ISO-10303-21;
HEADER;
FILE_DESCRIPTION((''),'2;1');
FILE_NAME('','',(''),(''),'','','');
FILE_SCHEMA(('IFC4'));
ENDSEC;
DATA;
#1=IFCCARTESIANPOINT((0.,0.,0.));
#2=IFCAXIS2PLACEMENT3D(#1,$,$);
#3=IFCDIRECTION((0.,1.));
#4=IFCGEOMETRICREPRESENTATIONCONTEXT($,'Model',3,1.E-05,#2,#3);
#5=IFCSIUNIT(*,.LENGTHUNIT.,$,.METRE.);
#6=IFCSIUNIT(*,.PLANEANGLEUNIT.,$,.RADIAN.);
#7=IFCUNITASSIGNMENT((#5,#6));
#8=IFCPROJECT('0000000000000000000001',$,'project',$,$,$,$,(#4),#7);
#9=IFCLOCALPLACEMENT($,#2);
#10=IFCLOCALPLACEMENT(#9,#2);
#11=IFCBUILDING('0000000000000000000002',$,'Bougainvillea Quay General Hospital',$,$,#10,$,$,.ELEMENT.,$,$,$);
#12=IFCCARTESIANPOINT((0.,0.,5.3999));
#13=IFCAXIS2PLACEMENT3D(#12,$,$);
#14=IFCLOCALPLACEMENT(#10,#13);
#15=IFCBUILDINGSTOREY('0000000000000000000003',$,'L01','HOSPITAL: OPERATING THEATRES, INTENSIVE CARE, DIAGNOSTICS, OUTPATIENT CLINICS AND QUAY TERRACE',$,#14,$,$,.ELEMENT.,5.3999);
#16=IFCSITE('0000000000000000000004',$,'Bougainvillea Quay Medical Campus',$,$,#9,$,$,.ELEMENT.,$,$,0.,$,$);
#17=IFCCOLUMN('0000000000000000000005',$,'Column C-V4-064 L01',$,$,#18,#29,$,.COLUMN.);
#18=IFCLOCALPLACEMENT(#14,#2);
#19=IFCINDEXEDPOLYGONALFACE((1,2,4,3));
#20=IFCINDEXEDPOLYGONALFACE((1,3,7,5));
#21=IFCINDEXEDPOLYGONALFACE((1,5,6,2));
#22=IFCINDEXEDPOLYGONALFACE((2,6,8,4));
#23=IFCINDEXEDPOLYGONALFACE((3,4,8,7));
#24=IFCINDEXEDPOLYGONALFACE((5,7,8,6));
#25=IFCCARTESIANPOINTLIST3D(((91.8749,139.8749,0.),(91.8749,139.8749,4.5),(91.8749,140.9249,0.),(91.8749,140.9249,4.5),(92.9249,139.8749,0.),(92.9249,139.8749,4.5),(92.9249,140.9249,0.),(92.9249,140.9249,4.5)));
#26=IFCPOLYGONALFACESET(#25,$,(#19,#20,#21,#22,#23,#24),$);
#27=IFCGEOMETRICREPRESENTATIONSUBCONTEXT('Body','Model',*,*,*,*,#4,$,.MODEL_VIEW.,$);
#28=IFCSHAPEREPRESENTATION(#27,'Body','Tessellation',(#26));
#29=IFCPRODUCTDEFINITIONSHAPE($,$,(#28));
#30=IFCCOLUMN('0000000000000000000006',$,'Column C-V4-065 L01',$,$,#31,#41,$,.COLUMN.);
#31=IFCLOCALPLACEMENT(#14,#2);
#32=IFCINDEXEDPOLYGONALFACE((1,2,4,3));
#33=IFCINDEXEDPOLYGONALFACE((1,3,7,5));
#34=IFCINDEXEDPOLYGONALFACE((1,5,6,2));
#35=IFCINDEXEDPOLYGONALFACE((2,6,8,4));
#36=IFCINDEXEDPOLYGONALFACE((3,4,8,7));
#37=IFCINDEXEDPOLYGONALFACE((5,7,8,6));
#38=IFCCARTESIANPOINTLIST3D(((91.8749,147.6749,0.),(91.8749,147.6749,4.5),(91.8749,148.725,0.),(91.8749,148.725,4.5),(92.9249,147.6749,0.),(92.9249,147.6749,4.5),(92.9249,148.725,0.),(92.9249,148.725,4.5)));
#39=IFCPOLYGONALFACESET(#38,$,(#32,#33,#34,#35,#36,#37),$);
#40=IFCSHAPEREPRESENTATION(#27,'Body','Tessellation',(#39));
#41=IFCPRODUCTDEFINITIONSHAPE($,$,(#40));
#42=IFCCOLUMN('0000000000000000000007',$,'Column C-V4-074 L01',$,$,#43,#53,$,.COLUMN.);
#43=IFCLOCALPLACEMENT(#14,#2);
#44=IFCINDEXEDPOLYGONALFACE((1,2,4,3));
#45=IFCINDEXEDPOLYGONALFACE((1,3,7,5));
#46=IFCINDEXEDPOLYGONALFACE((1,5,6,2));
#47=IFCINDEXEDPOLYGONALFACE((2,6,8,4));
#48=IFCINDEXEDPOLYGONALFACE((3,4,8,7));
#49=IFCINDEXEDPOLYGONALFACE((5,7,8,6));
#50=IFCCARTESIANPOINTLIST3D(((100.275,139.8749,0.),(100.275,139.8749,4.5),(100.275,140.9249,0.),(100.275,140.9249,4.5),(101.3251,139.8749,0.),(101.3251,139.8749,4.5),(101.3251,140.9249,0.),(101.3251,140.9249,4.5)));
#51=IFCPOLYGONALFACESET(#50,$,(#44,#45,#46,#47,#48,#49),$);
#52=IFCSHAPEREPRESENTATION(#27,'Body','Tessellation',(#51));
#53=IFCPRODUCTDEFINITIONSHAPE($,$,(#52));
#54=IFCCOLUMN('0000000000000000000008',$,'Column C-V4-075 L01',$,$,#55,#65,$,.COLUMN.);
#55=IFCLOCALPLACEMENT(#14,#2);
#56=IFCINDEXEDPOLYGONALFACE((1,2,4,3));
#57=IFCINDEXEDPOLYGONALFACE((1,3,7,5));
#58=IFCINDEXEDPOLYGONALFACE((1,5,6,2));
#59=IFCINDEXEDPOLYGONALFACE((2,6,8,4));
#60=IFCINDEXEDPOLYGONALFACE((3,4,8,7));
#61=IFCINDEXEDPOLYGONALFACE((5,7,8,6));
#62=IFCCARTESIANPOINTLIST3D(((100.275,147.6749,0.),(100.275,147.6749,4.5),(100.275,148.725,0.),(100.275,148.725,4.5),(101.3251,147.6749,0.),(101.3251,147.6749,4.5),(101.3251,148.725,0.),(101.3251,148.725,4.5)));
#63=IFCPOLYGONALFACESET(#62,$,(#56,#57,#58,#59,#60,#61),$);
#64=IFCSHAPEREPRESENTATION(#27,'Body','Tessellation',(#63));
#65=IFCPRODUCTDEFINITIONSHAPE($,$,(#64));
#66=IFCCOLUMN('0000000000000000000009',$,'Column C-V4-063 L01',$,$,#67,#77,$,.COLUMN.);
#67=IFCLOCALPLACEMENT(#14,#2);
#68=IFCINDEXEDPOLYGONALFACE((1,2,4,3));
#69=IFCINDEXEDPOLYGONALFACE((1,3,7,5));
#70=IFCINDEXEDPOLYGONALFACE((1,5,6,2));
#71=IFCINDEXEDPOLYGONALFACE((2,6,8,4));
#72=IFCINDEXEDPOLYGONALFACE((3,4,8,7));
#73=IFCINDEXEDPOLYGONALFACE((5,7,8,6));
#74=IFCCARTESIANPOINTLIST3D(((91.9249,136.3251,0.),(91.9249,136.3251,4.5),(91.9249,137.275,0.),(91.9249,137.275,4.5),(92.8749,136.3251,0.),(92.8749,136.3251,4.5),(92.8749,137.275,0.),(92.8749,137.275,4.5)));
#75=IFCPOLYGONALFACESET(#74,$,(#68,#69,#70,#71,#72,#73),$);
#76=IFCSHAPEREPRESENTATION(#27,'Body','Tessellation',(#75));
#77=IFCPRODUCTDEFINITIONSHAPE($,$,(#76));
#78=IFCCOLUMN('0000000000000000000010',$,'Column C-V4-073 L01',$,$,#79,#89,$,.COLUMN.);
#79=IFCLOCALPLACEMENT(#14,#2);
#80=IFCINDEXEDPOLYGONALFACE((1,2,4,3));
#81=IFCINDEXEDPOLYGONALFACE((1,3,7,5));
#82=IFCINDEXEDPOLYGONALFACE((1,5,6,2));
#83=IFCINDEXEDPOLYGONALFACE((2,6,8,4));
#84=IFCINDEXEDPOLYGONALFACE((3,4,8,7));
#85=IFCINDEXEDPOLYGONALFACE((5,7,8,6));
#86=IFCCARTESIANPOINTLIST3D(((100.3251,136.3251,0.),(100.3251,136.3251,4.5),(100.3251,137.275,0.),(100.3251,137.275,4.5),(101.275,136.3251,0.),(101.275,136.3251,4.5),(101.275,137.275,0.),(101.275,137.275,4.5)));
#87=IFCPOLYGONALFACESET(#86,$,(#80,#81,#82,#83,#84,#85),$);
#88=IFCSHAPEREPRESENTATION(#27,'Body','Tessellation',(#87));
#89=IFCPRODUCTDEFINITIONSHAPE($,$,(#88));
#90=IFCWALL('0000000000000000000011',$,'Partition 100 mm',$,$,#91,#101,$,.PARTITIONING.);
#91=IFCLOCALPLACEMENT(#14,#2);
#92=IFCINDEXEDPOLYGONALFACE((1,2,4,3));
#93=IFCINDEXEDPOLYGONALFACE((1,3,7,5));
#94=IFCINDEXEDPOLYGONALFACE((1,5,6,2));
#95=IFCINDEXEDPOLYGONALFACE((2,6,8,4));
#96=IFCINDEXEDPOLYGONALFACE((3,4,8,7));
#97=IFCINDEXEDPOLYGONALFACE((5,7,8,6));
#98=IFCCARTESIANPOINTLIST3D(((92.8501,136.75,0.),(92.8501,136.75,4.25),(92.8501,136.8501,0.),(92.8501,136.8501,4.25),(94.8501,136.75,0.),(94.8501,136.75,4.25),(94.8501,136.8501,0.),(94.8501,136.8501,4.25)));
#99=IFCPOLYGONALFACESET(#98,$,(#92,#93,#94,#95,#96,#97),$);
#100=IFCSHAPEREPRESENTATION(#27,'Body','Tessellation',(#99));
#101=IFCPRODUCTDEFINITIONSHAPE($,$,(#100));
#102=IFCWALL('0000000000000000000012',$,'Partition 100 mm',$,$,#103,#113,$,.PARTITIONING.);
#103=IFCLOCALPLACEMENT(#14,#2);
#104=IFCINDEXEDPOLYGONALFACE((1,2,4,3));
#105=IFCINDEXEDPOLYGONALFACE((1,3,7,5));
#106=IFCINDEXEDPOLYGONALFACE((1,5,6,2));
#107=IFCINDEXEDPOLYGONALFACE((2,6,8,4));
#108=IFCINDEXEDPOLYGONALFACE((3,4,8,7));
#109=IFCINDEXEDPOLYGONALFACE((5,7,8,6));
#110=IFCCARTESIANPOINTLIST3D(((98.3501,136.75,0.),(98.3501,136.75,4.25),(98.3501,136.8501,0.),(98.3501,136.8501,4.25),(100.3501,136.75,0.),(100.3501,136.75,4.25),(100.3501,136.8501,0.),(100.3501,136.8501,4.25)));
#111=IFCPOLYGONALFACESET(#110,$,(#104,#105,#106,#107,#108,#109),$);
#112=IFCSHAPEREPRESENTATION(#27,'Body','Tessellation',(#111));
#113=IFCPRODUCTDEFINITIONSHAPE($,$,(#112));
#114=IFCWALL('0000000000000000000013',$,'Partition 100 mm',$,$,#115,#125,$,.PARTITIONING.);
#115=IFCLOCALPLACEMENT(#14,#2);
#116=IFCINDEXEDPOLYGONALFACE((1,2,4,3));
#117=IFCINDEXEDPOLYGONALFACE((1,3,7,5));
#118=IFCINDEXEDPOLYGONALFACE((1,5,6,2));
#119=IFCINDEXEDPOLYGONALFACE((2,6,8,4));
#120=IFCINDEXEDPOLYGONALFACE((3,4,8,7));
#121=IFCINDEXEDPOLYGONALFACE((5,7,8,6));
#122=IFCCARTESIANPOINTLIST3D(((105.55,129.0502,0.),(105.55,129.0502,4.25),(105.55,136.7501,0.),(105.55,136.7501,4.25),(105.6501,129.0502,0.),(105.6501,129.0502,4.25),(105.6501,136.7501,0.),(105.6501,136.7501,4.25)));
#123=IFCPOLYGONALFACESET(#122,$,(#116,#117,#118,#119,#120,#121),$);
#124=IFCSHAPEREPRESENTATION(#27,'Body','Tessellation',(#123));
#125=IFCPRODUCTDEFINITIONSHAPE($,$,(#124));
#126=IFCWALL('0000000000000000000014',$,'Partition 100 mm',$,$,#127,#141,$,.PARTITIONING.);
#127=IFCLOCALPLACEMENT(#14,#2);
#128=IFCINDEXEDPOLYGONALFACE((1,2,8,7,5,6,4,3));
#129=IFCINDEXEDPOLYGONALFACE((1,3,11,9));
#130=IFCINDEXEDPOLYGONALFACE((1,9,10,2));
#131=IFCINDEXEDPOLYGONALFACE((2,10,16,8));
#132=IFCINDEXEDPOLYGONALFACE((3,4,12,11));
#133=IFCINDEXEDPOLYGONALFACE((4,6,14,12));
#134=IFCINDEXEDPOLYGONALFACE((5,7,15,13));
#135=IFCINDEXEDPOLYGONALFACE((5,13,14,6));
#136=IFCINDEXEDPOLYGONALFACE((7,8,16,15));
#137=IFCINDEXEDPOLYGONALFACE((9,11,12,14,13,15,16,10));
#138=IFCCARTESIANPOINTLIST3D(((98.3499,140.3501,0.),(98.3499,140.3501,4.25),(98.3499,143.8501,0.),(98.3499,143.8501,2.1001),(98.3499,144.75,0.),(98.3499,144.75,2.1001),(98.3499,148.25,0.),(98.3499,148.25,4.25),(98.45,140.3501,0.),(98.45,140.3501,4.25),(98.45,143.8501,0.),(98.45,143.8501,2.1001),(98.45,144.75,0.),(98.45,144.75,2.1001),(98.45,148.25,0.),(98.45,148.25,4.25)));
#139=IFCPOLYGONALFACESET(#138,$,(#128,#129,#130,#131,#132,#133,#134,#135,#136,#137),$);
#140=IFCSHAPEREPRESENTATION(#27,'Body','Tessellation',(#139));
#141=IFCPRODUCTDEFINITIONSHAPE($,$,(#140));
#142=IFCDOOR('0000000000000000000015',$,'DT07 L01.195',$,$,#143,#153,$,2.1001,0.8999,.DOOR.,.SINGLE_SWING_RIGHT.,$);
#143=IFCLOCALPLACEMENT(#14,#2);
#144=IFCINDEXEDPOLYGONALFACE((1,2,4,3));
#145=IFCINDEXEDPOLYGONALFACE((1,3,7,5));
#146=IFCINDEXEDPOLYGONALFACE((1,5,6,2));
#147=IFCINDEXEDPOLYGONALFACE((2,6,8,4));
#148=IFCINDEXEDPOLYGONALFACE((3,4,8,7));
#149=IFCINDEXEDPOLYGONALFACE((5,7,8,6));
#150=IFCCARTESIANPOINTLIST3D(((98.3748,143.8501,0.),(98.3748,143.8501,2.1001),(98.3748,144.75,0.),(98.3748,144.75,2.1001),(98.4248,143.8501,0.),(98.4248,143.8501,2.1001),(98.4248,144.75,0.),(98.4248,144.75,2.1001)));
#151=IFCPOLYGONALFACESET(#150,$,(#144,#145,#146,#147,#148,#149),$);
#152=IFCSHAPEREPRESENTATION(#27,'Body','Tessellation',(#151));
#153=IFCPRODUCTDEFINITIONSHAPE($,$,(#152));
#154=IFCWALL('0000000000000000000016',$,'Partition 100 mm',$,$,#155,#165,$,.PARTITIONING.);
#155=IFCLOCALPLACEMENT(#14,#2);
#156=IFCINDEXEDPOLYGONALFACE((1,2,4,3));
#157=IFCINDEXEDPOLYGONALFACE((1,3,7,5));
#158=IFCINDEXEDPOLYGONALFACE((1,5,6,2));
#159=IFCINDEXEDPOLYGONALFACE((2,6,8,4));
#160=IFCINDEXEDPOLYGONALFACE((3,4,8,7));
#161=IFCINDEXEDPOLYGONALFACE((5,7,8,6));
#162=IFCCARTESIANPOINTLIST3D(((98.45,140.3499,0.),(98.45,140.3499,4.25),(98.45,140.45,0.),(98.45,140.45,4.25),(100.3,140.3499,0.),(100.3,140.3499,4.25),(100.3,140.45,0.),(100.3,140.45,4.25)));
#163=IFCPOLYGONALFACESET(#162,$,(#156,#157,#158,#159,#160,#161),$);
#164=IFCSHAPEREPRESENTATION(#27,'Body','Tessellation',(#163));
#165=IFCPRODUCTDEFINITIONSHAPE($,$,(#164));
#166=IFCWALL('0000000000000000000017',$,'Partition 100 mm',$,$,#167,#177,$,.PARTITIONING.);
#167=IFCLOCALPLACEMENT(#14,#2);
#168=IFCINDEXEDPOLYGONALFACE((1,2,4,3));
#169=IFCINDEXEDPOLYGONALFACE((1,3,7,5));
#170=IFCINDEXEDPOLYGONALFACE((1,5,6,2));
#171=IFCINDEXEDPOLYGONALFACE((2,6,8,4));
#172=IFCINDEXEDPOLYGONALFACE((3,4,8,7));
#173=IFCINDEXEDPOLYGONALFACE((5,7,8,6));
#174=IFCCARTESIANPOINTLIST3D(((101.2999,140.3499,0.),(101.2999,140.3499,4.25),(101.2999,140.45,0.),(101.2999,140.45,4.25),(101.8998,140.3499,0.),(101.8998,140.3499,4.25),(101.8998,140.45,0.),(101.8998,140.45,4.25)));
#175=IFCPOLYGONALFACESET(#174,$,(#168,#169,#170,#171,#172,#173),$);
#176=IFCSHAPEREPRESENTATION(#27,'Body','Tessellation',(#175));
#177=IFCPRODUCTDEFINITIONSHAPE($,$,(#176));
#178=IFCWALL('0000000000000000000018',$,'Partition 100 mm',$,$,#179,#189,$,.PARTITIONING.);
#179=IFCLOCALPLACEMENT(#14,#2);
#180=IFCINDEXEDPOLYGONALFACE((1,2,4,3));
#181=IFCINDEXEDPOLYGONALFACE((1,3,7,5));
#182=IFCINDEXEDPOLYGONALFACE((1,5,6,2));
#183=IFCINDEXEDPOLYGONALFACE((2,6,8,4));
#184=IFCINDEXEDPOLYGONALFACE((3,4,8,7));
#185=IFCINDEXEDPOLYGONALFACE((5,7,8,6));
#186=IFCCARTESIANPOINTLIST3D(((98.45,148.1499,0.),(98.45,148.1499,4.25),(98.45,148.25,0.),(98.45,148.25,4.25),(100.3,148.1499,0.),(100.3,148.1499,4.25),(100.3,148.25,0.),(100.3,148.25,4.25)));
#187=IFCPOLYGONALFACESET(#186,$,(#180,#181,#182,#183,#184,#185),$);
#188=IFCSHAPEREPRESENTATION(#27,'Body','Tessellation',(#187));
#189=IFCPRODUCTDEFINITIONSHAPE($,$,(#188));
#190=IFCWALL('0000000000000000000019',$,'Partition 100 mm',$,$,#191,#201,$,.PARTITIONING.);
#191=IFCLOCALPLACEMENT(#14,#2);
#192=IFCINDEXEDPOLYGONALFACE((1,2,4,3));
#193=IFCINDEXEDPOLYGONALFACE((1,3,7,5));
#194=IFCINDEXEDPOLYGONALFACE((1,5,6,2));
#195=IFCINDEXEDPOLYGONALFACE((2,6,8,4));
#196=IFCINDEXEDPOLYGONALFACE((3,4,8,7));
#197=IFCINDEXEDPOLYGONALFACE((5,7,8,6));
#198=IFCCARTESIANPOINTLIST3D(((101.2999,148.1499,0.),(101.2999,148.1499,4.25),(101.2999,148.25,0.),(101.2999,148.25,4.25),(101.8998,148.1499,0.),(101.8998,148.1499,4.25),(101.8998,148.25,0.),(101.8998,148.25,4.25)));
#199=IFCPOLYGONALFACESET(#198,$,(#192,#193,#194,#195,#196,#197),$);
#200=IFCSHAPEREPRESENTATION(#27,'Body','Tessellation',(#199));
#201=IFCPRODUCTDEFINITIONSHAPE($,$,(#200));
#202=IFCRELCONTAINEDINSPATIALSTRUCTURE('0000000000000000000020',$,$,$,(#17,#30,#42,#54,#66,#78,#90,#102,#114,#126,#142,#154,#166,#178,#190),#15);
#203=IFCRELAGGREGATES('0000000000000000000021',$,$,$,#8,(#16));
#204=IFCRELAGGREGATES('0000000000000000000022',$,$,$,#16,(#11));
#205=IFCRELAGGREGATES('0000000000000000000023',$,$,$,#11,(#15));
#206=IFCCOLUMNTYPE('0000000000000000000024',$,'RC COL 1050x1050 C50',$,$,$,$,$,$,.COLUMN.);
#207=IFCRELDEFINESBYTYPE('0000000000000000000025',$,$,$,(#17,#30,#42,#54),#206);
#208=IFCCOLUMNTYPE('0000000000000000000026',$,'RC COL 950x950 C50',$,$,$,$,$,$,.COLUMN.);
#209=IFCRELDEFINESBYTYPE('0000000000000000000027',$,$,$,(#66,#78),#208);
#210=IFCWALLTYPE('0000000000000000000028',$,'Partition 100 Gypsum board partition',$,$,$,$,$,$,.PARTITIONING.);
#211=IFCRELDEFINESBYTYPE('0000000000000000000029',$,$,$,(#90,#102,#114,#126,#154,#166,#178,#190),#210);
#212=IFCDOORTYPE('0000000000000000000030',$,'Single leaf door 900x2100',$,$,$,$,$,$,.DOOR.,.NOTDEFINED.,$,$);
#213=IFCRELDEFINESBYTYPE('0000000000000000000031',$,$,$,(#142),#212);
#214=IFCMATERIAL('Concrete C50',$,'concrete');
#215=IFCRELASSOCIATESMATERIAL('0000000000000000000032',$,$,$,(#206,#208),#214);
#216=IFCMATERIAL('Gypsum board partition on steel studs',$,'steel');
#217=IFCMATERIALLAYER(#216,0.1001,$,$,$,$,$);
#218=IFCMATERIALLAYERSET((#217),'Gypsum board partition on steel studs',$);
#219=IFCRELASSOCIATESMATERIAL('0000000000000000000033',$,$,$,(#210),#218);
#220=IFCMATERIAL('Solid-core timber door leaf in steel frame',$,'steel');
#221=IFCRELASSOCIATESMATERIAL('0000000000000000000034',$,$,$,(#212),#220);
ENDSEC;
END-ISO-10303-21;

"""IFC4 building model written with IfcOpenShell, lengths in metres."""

from ifc_helpers import new_model, si_unit, direction, frame, frame_2d, origin, origin_2d, place, context, subcontext, project, spatial, rectangle, extrude, material, layer, layer_set, material_profile, profile_set, type_object, element, fill, save


model = new_model("IFC4")

# Units and contexts
model_context = context("Model", 3, precision=1e-05, world=origin(), true_north=direction((0.0, 1.0)))
body_context = subcontext(model_context, "Body", "Model", "MODEL_VIEW")
ifc_project = project(units=[si_unit("LENGTHUNIT", "METRE"), si_unit("PLANEANGLEUNIT", "RADIAN")], contexts=[model_context])

# Site, building, storey
site_placement = place(None, origin())
site = spatial("IfcSite", under=ifc_project, at=site_placement, Name="Bougainvillea Quay Medical Campus", CompositionType="ELEMENT", RefElevation=0.0)
building_placement = place(site_placement, origin())
building = spatial("IfcBuilding", under=site, at=building_placement, Name="Bougainvillea Quay General Hospital", CompositionType="ELEMENT")
storey_placement = place(building_placement, frame((0.0, 0.0, 5.3999)))
storey = spatial("IfcBuildingStorey", under=building, at=storey_placement, Name="L01", Description="HOSPITAL: OPERATING THEATRES, INTENSIVE CARE, DIAGNOSTICS, OUTPATIENT CLINICS AND QUAY TERRACE", CompositionType="ELEMENT", Elevation=5.3999)

# Columns
ifc_material_1 = material(Name="Concrete C50", Category="concrete")
ifc_material_profile_1 = material_profile(ifc_material_1, rectangle(XDim=1.05, YDim=1.05, at=origin_2d()))
ifc_profile_set_1 = profile_set([ifc_material_profile_1], Name="Concrete C50")
column_type_1 = type_object("IfcColumnType", Name="RC COL 1050x1050 C50", PredefinedType="COLUMN", material=ifc_profile_set_1)
for number, where, z_axis, x_axis, name in (
    (1, (92.3999, 140.3999, 0.0), (0.0, 0.0, 1.0), (1.0, 0.0, 0.0), "Column C-V4-064 L01"),
    (2, (92.3999, 148.2, 0.0), (0.0, 0.0, 1.0), (1.0, 0.0, 0.0), "Column C-V4-065 L01"),
    (3, (100.8, 140.3999, 0.0), (0.0, 0.0, 1.0), (1.0, 0.0, 0.0), "Column C-V4-074 L01"),
    (4, (100.8, 148.2, 0.0), (0.0, 0.0, 1.0), (1.0, 0.0, 0.0), "Column C-V4-075 L01"),
):
    element("IfcColumn", number, at=place(storey_placement, frame(where, z_axis=z_axis, x_axis=x_axis)), inside=storey, type_object=column_type_1, Name=name, PredefinedType="COLUMN", context=body_context, shape_type="SweptSolid", body=[
        extrude(rectangle(XDim=1.05, YDim=1.05, at=origin_2d()), origin(), (0.0, 0.0, 1.0), 4.5),
    ])
ifc_material_profile_2 = material_profile(ifc_material_1, rectangle(XDim=0.95, YDim=0.95, at=origin_2d()))
ifc_profile_set_2 = profile_set([ifc_material_profile_2], Name="Concrete C50")
column_type_2 = type_object("IfcColumnType", Name="RC COL 950x950 C50", PredefinedType="COLUMN", material=ifc_profile_set_2)
for number, where, z_axis, x_axis, name in (
    (5, (92.3999, 136.8, 0.0), (0.0, 0.0, 1.0), (1.0, 0.0, 0.0), "Column C-V4-063 L01"),
    (6, (100.8, 136.8, 0.0), (0.0, 0.0, 1.0), (1.0, 0.0, 0.0), "Column C-V4-073 L01"),
):
    element("IfcColumn", number, at=place(storey_placement, frame(where, z_axis=z_axis, x_axis=x_axis)), inside=storey, type_object=column_type_2, Name=name, PredefinedType="COLUMN", context=body_context, shape_type="SweptSolid", body=[
        extrude(rectangle(XDim=0.95, YDim=0.95, at=origin_2d()), origin(), (0.0, 0.0, 1.0), 4.5),
    ])

# Walls
ifc_material_2 = material(Name="Gypsum board partition on steel studs", Category="steel")
ifc_layer_1 = layer(ifc_material_2, 0.1001)
ifc_layer_set_1 = layer_set([ifc_layer_1], Name="Gypsum board partition on steel studs")
wall_type_1 = type_object("IfcWallType", Name="Partition 100 Gypsum board partition", PredefinedType="PARTITIONING", material=ifc_layer_set_1)
for number, where, z_axis, x_axis, name in (
    (7, (94.8501, 136.8, 0.0), (0.0, 0.0, 1.0), (-1.0, 0.0, 0.0), "Partition 100 mm"),
    (8, (100.3501, 136.8, 0.0), (0.0, 0.0, 1.0), (-1.0, 0.0, 0.0), "Partition 100 mm"),
):
    element("IfcWall", number, at=place(storey_placement, frame(where, z_axis=z_axis, x_axis=x_axis)), inside=storey, type_object=wall_type_1, Name=name, PredefinedType="PARTITIONING", context=body_context, shape_type="SweptSolid", body=[
        extrude(rectangle(XDim=2.0, YDim=0.1001, at=frame_2d((1.0, 0.0))), origin(), (0.0, 0.0, 1.0), 4.25),
    ])
wall_1_placement = place(storey_placement, frame((105.6001, 129.05, 0.0), z_axis=(0.0, 0.0, 1.0), x_axis=(0.0, 1.0, 0.0)))
element("IfcWall", 9, at=wall_1_placement, inside=storey, type_object=wall_type_1, Name="Partition 100 mm", PredefinedType="PARTITIONING", context=body_context, shape_type="SweptSolid", body=[
    extrude(rectangle(XDim=7.7, YDim=0.1001, at=frame_2d((3.8501, 0.0))), origin(), (0.0, 0.0, 1.0), 4.25),
])

# Wall, opening, door
wall_2_placement = place(storey_placement, frame((98.3999, 140.3501, 0.0), z_axis=(0.0, 0.0, 1.0), x_axis=(0.0, 1.0, 0.0)))
wall_2 = element("IfcWall", 10, at=wall_2_placement, inside=storey, type_object=wall_type_1, Name="Partition 100 mm", PredefinedType="PARTITIONING", context=body_context, shape_type="SweptSolid", body=[
    extrude(rectangle(XDim=7.8999, YDim=0.1001, at=frame_2d((3.95, 0.0))), origin(), (0.0, 0.0, 1.0), 4.25),
])
opening_1_placement = place(wall_2_placement, frame((3.5, 0.0, 0.0)))
opening_1 = element("IfcOpeningElement", 11, at=opening_1_placement, cuts=wall_2, PredefinedType="OPENING", context=body_context, shape_type="SweptSolid", body=[
    extrude(rectangle(XDim=0.8999, YDim=2.1001, at=frame_2d((0.45, 1.05))), frame((0.0, 0.0601, 0.0), z_axis=(0.0, -1.0, 0.0), x_axis=(1.0, 0.0, 0.0)), (0.0, 0.0, 1.0), 0.1201),
])
ifc_material_3 = material(Name="Solid-core timber door leaf in steel frame", Category="steel")
door_type_1 = type_object("IfcDoorType", Name="Single leaf door 900x2100", OperationType="NOTDEFINED", PredefinedType="DOOR", material=ifc_material_3)
door_1_placement = place(opening_1_placement, frame((0.8999, 0.0, 0.0), z_axis=(0.0, 0.0, 1.0), x_axis=(-1.0, 0.0, 0.0)))
door_1 = element("IfcDoor", 12, at=door_1_placement, inside=storey, type_object=door_type_1, Name="DT07 L01.195", OperationType="SINGLE_SWING_RIGHT", OverallHeight=2.1001, OverallWidth=0.8999, PredefinedType="DOOR", context=body_context, shape_type="SweptSolid", body=[
    extrude(rectangle(XDim=0.8999, YDim=2.1001, at=frame_2d((0.45, 1.05))), frame((0.0, 0.0249, 0.0), z_axis=(0.0, -1.0, 0.0), x_axis=(1.0, 0.0, 0.0)), (0.0, 0.0, 1.0), 0.05),
])
fill(opening_1, door_1)

# Walls
wall_3_placement = place(storey_placement, frame((98.45, 140.3999, 0.0), z_axis=(0.0, 0.0, 1.0), x_axis=(1.0, 0.0, 0.0)))
element("IfcWall", 13, at=wall_3_placement, inside=storey, type_object=wall_type_1, Name="Partition 100 mm", PredefinedType="PARTITIONING", context=body_context, shape_type="SweptSolid", body=[
    extrude(rectangle(XDim=1.8501, YDim=0.1001, at=frame_2d((0.925, 0.0))), origin(), (0.0, 0.0, 1.0), 4.25),
])
wall_4_placement = place(storey_placement, frame((101.3, 140.3999, 0.0), z_axis=(0.0, 0.0, 1.0), x_axis=(1.0, 0.0, 0.0)))
element("IfcWall", 14, at=wall_4_placement, inside=storey, type_object=wall_type_1, Name="Partition 100 mm", PredefinedType="PARTITIONING", context=body_context, shape_type="SweptSolid", body=[
    extrude(rectangle(XDim=0.5999, YDim=0.1001, at=frame_2d((0.2998, 0.0))), origin(), (0.0, 0.0, 1.0), 4.25),
])
wall_5_placement = place(storey_placement, frame((98.45, 148.2, 0.0), z_axis=(0.0, 0.0, 1.0), x_axis=(1.0, 0.0, 0.0)))
element("IfcWall", 15, at=wall_5_placement, inside=storey, type_object=wall_type_1, Name="Partition 100 mm", PredefinedType="PARTITIONING", context=body_context, shape_type="SweptSolid", body=[
    extrude(rectangle(XDim=1.8501, YDim=0.1001, at=frame_2d((0.925, 0.0))), origin(), (0.0, 0.0, 1.0), 4.25),
])
wall_6_placement = place(storey_placement, frame((101.3, 148.2, 0.0), z_axis=(0.0, 0.0, 1.0), x_axis=(1.0, 0.0, 0.0)))
element("IfcWall", 16, at=wall_6_placement, inside=storey, type_object=wall_type_1, Name="Partition 100 mm", PredefinedType="PARTITIONING", context=body_context, shape_type="SweptSolid", body=[
    extrude(rectangle(XDim=0.5999, YDim=0.1001, at=frame_2d((0.2998, 0.0))), origin(), (0.0, 0.0, 1.0), 4.25),
])

save(model, "model.ifc")
